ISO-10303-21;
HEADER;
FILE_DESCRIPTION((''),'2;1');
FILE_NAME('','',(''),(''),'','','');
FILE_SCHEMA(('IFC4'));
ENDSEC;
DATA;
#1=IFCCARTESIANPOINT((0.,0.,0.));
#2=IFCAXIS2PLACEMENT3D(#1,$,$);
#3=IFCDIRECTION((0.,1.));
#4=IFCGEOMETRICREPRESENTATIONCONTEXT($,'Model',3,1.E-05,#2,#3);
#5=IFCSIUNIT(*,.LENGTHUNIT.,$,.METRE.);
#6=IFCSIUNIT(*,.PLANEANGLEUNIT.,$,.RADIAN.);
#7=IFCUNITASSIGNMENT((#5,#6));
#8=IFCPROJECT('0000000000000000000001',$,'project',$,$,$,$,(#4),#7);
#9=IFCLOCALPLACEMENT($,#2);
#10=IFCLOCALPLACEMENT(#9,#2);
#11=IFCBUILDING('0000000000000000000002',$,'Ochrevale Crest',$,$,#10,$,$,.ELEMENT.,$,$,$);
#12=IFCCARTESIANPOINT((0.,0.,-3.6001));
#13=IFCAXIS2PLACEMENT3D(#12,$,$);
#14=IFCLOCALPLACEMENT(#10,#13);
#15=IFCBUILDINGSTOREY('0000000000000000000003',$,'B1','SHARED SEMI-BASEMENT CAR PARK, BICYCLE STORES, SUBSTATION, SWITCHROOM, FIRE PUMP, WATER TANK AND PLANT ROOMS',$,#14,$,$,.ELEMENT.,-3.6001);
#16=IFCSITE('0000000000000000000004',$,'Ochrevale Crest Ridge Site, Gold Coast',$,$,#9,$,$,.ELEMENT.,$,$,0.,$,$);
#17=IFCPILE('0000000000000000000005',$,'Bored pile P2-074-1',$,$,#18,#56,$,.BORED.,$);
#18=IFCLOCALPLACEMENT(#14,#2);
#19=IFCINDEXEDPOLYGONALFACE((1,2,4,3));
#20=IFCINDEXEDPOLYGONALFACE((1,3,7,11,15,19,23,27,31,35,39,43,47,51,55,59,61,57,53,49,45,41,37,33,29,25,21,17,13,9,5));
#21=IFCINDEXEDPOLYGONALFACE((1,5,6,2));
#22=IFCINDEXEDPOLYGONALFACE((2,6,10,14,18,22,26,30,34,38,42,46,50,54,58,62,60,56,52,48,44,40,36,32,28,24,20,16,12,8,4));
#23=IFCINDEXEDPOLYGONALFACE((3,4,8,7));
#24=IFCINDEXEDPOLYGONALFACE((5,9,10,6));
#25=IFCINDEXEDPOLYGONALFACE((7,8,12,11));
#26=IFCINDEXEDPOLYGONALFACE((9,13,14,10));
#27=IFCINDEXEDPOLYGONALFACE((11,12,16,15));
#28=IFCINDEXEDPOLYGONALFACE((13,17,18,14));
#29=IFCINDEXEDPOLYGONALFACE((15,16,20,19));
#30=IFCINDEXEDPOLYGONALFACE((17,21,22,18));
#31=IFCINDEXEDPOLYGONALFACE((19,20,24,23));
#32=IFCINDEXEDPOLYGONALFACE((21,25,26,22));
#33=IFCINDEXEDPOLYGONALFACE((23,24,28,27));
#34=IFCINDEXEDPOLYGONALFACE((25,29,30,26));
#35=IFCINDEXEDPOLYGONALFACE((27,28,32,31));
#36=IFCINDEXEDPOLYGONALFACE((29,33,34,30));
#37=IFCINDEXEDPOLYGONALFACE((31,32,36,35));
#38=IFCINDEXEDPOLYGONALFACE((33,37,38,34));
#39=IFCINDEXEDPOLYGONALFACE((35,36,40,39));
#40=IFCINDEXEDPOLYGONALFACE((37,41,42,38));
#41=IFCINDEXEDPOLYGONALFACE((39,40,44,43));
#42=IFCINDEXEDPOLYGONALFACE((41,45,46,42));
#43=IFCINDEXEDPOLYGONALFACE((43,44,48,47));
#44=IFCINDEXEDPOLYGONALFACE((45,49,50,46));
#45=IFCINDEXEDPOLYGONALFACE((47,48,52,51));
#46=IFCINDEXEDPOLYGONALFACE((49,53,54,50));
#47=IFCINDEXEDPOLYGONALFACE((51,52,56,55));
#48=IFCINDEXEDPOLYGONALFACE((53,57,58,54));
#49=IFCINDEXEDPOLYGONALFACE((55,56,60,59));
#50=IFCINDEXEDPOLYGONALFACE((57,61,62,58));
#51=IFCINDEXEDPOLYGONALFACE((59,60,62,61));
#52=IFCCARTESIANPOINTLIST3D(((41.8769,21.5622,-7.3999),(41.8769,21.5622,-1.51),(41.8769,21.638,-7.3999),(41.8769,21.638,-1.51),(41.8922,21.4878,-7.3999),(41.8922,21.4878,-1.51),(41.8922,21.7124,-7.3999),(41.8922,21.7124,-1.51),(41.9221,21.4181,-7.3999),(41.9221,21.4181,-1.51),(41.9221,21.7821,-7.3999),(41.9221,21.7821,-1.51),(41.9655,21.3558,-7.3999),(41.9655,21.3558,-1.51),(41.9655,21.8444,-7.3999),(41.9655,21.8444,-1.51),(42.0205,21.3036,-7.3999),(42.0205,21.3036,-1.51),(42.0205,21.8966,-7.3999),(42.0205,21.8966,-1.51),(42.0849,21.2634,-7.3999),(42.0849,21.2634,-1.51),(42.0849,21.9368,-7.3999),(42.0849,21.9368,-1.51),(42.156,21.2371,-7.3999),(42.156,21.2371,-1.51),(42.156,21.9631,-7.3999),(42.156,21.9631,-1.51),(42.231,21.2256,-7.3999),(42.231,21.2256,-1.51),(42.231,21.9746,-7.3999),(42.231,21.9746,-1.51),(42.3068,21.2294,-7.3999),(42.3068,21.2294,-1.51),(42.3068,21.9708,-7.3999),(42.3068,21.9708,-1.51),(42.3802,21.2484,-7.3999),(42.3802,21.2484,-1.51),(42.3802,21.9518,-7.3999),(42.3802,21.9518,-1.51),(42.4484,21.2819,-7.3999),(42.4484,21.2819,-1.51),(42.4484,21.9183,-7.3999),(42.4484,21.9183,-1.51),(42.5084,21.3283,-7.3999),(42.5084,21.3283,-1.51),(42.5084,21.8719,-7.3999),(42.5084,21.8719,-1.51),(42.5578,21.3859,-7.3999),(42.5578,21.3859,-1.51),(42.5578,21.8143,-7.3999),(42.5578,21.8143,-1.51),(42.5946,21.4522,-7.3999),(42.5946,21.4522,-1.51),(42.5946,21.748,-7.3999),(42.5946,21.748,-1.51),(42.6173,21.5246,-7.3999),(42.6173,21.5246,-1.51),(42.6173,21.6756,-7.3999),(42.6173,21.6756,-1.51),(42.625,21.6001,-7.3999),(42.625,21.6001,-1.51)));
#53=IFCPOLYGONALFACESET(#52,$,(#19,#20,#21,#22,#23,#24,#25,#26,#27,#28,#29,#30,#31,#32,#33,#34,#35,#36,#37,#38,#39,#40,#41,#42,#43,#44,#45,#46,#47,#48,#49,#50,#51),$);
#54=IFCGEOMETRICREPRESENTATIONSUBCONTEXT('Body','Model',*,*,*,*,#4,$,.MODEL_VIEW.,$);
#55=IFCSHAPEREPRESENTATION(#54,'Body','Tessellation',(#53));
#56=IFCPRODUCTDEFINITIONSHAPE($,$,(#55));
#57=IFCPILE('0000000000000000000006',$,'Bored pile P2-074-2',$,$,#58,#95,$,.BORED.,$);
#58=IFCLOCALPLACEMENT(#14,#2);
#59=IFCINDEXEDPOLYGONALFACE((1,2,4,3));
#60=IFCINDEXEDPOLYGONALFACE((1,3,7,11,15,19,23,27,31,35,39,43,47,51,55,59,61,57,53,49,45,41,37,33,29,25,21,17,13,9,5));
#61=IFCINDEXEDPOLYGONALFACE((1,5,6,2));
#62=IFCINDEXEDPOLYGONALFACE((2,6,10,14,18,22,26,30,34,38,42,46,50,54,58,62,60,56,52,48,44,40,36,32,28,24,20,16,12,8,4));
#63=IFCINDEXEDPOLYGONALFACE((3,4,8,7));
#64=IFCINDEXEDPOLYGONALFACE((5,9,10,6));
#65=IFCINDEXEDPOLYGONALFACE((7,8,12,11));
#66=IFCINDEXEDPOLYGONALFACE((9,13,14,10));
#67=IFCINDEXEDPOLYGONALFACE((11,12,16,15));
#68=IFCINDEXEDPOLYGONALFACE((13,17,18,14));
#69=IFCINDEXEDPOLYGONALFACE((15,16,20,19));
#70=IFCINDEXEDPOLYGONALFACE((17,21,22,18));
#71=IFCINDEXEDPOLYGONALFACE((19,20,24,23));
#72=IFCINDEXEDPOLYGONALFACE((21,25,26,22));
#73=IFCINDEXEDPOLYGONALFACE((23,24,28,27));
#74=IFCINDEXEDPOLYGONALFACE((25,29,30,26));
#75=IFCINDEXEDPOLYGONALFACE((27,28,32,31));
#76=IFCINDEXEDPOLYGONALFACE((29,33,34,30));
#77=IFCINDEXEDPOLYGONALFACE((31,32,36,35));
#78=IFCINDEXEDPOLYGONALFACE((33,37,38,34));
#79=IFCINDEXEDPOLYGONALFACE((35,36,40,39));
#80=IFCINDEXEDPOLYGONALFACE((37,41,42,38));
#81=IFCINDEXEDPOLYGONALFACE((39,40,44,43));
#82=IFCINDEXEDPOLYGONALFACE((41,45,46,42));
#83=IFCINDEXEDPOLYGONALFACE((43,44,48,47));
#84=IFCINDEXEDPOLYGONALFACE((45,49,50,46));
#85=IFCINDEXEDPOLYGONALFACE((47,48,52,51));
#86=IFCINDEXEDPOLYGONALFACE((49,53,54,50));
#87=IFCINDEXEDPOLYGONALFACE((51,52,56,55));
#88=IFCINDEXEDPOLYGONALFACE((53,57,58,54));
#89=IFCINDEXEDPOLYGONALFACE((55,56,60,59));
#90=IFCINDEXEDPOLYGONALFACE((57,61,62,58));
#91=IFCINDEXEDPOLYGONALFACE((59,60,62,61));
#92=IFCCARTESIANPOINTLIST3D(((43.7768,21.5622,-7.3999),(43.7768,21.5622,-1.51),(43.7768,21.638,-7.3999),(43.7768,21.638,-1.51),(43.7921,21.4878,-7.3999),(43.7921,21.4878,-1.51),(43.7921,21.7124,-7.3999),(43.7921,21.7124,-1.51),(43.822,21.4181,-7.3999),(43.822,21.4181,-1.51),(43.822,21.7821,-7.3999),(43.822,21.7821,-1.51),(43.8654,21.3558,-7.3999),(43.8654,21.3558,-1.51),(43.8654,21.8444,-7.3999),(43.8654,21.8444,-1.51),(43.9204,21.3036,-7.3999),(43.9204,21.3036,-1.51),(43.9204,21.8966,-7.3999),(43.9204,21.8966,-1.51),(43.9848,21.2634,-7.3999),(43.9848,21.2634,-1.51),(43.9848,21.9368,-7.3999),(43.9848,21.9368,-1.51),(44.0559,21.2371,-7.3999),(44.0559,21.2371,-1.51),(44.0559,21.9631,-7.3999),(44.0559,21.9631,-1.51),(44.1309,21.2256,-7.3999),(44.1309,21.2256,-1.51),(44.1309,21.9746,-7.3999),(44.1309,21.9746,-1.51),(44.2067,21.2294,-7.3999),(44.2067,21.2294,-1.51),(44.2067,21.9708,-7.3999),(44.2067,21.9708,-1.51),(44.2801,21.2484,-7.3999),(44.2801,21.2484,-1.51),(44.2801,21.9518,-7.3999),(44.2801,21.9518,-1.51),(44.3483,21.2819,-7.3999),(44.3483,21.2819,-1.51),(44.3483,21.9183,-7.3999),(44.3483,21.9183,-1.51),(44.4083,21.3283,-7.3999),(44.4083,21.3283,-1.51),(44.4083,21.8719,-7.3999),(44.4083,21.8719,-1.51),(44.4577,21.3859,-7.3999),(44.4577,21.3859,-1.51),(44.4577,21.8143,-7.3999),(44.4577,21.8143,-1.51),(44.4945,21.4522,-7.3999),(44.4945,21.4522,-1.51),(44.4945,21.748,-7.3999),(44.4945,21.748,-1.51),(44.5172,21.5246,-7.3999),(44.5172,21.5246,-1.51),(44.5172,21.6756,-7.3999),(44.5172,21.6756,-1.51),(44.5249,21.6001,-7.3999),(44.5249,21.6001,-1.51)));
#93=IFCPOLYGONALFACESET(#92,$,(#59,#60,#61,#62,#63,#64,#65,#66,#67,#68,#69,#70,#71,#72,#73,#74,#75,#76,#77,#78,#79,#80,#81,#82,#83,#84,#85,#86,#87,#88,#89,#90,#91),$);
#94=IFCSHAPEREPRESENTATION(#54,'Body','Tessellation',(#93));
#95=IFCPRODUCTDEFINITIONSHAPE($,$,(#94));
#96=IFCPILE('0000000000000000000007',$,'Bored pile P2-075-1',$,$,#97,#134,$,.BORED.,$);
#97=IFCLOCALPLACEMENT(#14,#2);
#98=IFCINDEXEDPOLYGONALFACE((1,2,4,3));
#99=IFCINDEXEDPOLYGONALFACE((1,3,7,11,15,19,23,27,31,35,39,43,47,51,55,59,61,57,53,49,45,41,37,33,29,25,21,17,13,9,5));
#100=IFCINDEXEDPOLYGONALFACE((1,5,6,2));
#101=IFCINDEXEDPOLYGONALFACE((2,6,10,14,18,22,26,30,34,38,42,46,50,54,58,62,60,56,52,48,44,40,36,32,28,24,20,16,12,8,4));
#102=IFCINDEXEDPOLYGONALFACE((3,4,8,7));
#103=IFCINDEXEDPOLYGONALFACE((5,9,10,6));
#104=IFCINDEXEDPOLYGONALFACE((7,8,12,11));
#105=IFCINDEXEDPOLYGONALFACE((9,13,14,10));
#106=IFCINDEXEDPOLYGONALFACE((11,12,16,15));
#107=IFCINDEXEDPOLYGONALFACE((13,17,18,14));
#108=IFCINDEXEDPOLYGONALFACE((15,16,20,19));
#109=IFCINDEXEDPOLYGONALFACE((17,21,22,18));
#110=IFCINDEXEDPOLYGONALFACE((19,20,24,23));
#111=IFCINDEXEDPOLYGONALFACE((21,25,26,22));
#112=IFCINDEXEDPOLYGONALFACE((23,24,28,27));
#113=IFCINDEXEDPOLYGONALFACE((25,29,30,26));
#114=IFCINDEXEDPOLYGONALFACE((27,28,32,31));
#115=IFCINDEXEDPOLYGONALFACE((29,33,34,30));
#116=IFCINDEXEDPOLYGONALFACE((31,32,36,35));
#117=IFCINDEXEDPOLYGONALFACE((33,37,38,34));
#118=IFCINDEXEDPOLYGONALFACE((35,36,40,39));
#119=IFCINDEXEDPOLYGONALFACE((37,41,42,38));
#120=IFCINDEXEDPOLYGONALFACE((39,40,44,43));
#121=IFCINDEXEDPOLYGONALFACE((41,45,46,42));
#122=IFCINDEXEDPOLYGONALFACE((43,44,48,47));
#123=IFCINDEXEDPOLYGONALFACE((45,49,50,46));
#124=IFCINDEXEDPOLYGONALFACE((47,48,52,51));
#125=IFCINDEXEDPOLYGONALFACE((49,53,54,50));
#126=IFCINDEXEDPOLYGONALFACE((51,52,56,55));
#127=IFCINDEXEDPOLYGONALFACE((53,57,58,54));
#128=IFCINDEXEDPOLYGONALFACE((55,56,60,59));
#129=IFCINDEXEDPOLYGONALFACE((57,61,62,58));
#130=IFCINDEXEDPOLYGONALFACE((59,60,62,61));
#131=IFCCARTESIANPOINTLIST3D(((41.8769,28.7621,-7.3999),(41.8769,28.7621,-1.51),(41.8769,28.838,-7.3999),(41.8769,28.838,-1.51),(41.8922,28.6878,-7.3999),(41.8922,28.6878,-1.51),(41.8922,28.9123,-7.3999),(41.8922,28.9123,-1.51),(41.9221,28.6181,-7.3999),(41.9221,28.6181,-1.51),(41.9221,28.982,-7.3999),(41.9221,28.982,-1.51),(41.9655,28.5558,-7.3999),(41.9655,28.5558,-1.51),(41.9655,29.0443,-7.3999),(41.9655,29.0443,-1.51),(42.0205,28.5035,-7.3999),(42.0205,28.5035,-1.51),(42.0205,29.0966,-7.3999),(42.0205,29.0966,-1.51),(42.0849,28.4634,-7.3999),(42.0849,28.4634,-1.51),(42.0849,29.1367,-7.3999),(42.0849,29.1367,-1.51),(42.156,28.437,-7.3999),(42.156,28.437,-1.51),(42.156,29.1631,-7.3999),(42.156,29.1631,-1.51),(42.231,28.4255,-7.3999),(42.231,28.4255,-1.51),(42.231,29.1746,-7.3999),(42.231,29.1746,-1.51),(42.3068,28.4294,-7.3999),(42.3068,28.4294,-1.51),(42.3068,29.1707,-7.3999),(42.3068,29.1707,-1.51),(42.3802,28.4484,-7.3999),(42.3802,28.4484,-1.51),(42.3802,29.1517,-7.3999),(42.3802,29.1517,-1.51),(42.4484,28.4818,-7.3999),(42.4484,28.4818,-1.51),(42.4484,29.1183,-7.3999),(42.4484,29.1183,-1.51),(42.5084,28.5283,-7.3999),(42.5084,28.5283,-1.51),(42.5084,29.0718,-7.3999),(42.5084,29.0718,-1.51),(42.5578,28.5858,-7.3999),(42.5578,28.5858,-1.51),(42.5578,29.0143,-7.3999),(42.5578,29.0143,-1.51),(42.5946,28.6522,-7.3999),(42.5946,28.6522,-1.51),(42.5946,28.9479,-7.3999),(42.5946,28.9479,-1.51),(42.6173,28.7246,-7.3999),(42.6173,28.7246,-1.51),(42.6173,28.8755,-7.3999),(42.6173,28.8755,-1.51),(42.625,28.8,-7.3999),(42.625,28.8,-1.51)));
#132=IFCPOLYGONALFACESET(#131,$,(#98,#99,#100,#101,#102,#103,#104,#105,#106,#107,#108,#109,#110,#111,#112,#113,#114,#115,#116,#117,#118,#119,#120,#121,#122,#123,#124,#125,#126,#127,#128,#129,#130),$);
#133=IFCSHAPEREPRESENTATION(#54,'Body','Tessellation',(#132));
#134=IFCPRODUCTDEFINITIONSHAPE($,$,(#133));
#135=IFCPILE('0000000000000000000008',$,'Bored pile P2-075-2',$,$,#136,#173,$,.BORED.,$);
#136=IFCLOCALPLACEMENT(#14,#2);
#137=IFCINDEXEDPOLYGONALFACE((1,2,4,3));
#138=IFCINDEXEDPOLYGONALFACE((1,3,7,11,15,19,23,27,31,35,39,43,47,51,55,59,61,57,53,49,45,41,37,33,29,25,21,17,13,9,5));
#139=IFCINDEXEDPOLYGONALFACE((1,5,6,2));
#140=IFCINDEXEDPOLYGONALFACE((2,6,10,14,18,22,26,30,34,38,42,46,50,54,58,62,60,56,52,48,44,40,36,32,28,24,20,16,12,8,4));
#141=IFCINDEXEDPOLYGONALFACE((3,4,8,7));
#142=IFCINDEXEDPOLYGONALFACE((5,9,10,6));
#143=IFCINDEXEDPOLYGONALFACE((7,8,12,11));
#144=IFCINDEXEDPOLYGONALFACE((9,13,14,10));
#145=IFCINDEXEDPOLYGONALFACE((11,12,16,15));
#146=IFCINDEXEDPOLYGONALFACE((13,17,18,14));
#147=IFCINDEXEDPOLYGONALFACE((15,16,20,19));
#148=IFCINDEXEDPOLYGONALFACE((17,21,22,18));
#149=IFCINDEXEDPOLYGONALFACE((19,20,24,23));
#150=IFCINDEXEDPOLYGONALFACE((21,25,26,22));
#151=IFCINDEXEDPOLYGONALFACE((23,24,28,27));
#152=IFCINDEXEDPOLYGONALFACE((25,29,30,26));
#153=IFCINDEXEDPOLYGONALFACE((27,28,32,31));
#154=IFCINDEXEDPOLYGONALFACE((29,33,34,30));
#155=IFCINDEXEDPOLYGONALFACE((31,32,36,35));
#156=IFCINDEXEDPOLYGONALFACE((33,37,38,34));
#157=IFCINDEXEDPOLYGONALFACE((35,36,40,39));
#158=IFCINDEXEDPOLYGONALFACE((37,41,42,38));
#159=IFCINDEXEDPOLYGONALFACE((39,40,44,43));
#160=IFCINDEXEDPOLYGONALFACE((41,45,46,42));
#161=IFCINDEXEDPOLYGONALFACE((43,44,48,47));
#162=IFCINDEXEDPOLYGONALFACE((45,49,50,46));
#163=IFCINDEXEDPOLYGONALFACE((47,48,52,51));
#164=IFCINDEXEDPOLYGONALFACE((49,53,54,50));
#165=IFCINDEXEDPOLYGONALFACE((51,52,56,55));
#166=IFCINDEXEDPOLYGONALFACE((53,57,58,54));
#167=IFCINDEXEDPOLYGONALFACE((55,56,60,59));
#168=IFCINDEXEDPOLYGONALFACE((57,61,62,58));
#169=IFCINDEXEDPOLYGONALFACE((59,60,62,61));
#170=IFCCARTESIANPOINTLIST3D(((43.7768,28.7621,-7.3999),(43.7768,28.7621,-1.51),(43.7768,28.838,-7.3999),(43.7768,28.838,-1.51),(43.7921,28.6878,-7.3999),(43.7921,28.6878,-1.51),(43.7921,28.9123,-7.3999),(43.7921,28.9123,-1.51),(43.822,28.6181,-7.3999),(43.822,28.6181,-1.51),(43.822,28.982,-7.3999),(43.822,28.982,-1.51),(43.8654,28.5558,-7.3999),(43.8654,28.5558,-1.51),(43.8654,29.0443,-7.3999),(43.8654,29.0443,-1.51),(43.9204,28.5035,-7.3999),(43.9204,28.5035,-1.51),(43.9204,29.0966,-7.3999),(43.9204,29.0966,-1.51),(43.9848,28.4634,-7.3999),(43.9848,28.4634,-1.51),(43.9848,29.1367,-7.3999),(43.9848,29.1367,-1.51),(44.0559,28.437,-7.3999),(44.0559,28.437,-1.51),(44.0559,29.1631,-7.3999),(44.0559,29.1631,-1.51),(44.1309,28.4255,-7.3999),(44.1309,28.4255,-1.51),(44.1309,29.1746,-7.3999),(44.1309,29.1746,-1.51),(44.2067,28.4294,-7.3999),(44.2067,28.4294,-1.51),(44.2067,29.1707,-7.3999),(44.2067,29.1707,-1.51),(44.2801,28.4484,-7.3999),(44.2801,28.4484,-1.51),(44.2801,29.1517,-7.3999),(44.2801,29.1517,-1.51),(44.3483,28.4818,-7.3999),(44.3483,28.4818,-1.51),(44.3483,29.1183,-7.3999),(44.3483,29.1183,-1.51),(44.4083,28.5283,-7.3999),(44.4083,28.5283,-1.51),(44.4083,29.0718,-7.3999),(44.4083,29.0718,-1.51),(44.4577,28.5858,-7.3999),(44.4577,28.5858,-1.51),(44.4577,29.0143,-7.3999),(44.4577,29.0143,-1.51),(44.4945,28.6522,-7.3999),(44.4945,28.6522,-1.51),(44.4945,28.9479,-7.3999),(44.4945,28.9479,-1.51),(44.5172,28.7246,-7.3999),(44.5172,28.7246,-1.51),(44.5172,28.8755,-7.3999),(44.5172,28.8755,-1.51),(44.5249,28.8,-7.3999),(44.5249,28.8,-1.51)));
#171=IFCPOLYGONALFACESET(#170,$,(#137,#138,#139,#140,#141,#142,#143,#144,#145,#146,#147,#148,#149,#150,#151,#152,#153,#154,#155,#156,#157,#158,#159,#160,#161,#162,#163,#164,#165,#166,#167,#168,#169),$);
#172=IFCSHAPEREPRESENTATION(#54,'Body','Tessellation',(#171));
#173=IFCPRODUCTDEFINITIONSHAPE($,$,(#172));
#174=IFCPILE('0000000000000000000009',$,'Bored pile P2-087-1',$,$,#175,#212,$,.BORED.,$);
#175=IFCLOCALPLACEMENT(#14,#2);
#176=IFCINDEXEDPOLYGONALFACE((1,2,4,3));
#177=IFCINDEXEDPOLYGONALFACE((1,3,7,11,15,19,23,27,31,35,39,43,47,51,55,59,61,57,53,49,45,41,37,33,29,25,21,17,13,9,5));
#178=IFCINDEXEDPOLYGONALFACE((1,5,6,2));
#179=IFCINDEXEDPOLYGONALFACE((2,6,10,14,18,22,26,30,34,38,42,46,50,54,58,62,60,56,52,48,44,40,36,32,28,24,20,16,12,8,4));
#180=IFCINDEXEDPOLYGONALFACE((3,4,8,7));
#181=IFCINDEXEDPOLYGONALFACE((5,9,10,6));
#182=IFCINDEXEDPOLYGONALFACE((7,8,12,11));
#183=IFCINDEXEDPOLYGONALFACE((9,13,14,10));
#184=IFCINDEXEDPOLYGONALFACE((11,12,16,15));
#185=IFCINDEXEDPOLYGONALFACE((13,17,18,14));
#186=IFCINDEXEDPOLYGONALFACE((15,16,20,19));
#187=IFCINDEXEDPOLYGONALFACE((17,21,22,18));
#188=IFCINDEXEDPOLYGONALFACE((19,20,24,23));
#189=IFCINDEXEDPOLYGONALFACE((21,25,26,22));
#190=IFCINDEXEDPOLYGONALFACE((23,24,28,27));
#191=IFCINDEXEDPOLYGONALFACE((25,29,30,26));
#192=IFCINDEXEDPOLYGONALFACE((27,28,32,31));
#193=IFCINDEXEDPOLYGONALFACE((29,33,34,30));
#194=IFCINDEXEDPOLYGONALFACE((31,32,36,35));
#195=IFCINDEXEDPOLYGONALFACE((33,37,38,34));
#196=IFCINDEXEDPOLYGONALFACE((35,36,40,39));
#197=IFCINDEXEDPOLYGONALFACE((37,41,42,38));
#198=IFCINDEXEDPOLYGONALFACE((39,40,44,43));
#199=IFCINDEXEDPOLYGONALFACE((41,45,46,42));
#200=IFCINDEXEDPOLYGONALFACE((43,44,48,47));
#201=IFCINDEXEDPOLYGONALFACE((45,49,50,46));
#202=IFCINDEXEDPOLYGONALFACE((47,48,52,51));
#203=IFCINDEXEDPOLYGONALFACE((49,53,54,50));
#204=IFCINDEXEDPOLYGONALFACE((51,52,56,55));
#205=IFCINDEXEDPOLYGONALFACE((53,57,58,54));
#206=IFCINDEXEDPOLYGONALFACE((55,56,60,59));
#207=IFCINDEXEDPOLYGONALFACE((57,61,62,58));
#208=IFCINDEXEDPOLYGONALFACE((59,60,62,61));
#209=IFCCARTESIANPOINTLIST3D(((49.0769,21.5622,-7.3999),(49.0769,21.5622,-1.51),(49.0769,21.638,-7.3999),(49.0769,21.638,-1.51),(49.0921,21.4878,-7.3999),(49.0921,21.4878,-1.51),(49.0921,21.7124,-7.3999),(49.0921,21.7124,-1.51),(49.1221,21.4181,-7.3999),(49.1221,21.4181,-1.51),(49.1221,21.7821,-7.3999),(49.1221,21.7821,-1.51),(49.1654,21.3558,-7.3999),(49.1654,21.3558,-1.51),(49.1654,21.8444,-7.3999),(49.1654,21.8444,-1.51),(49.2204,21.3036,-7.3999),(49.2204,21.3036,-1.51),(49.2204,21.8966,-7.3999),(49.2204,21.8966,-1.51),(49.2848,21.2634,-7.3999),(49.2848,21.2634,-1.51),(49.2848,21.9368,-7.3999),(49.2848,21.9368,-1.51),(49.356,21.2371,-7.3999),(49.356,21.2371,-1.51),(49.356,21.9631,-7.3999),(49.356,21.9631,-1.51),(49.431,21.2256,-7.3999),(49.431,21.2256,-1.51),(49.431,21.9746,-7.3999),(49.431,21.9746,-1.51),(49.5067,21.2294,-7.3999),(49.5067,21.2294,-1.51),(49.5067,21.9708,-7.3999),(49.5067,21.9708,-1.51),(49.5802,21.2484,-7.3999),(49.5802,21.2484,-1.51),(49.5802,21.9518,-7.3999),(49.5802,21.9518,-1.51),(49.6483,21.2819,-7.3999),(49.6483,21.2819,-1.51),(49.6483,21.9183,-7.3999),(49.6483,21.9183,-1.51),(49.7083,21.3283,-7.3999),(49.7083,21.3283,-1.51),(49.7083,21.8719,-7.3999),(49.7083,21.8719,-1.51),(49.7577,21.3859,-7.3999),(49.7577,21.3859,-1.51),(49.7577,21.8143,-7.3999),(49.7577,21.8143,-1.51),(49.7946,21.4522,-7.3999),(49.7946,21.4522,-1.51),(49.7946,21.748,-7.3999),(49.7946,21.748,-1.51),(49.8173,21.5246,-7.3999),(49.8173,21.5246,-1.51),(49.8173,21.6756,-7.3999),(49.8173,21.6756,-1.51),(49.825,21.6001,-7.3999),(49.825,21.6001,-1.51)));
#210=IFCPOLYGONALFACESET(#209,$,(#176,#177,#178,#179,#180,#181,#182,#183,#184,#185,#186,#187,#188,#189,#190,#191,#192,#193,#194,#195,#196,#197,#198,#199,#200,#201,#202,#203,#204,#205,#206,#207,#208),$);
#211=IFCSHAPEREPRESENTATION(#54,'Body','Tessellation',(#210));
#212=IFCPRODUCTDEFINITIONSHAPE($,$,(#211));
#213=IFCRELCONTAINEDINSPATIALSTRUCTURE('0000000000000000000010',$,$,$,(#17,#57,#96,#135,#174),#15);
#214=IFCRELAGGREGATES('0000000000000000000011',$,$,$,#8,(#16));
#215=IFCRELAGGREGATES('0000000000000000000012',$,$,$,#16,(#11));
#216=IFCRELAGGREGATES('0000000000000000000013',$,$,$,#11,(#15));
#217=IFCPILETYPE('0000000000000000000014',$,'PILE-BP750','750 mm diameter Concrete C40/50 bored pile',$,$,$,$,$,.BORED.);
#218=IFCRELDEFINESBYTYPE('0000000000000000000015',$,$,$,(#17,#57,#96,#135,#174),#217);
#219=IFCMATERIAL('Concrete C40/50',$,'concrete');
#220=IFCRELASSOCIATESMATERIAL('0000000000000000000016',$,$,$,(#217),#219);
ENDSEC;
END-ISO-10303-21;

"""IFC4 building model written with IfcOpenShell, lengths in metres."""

from ifc_helpers import new_model, si_unit, direction, frame, origin, origin_2d, place, context, subcontext, project, spatial, circle, extrude, material, material_profile, profile_set, type_object, element, save


model = new_model("IFC4")

# Units and contexts
model_context = context("Model", 3, precision=1e-05, world=origin(), true_north=direction((0.0, 1.0)))
body_context = subcontext(model_context, "Body", "Model", "MODEL_VIEW")
ifc_project = project(units=[si_unit("LENGTHUNIT", "METRE"), si_unit("PLANEANGLEUNIT", "RADIAN")], contexts=[model_context])

# Site, building, storey
site_placement = place(None, origin())
site = spatial("IfcSite", under=ifc_project, at=site_placement, Name="Ochrevale Crest Ridge Site, Gold Coast", CompositionType="ELEMENT", RefElevation=0.0)
building_placement = place(site_placement, origin())
building = spatial("IfcBuilding", under=site, at=building_placement, Name="Ochrevale Crest", CompositionType="ELEMENT")
storey_placement = place(building_placement, frame((0.0, 0.0, -3.6001)))
storey = spatial("IfcBuildingStorey", under=building, at=storey_placement, Name="B1", Description="SHARED SEMI-BASEMENT CAR PARK, BICYCLE STORES, SUBSTATION, SWITCHROOM, FIRE PUMP, WATER TANK AND PLANT ROOMS", CompositionType="ELEMENT", Elevation=-3.6001)

# Shared definitions
ifc_material_1 = material(Name="Concrete C40/50", Category="concrete")

# Piles
ifc_material_profile_1 = material_profile(ifc_material_1, circle(Radius=0.375, at=origin_2d()), Name="BORED PILE 750")
ifc_profile_set_1 = profile_set([ifc_material_profile_1], Name="Concrete C40/50")
pile_type_1 = type_object("IfcPileType", Name="PILE-BP750", Description="750 mm diameter Concrete C40/50 bored pile", PredefinedType="BORED", material=ifc_profile_set_1)
for number, where, z_axis, x_axis, name in (
    (1, (42.25, 21.6001, -1.51), (0.0, 0.0, -1.0), (1.0, 0.0, 0.0), "Bored pile P2-074-1"),
    (2, (44.1499, 21.6001, -1.51), (0.0, 0.0, -1.0), (1.0, 0.0, 0.0), "Bored pile P2-074-2"),
    (3, (42.25, 28.8, -1.51), (0.0, 0.0, -1.0), (1.0, 0.0, 0.0), "Bored pile P2-075-1"),
    (4, (44.1499, 28.8, -1.51), (0.0, 0.0, -1.0), (1.0, 0.0, 0.0), "Bored pile P2-075-2"),
    (5, (49.45, 21.6001, -1.51), (0.0, 0.0, -1.0), (1.0, 0.0, 0.0), "Bored pile P2-087-1"),
):
    element("IfcPile", number, at=place(storey_placement, frame(where, z_axis=z_axis, x_axis=x_axis)), inside=storey, type_object=pile_type_1, Name=name, PredefinedType="BORED", context=body_context, shape_type="SweptSolid", body=[
        extrude(circle(Radius=0.375, at=origin_2d()), origin(), (0.0, 0.0, 1.0), 5.8899),
    ])

save(model, "model.ifc")
